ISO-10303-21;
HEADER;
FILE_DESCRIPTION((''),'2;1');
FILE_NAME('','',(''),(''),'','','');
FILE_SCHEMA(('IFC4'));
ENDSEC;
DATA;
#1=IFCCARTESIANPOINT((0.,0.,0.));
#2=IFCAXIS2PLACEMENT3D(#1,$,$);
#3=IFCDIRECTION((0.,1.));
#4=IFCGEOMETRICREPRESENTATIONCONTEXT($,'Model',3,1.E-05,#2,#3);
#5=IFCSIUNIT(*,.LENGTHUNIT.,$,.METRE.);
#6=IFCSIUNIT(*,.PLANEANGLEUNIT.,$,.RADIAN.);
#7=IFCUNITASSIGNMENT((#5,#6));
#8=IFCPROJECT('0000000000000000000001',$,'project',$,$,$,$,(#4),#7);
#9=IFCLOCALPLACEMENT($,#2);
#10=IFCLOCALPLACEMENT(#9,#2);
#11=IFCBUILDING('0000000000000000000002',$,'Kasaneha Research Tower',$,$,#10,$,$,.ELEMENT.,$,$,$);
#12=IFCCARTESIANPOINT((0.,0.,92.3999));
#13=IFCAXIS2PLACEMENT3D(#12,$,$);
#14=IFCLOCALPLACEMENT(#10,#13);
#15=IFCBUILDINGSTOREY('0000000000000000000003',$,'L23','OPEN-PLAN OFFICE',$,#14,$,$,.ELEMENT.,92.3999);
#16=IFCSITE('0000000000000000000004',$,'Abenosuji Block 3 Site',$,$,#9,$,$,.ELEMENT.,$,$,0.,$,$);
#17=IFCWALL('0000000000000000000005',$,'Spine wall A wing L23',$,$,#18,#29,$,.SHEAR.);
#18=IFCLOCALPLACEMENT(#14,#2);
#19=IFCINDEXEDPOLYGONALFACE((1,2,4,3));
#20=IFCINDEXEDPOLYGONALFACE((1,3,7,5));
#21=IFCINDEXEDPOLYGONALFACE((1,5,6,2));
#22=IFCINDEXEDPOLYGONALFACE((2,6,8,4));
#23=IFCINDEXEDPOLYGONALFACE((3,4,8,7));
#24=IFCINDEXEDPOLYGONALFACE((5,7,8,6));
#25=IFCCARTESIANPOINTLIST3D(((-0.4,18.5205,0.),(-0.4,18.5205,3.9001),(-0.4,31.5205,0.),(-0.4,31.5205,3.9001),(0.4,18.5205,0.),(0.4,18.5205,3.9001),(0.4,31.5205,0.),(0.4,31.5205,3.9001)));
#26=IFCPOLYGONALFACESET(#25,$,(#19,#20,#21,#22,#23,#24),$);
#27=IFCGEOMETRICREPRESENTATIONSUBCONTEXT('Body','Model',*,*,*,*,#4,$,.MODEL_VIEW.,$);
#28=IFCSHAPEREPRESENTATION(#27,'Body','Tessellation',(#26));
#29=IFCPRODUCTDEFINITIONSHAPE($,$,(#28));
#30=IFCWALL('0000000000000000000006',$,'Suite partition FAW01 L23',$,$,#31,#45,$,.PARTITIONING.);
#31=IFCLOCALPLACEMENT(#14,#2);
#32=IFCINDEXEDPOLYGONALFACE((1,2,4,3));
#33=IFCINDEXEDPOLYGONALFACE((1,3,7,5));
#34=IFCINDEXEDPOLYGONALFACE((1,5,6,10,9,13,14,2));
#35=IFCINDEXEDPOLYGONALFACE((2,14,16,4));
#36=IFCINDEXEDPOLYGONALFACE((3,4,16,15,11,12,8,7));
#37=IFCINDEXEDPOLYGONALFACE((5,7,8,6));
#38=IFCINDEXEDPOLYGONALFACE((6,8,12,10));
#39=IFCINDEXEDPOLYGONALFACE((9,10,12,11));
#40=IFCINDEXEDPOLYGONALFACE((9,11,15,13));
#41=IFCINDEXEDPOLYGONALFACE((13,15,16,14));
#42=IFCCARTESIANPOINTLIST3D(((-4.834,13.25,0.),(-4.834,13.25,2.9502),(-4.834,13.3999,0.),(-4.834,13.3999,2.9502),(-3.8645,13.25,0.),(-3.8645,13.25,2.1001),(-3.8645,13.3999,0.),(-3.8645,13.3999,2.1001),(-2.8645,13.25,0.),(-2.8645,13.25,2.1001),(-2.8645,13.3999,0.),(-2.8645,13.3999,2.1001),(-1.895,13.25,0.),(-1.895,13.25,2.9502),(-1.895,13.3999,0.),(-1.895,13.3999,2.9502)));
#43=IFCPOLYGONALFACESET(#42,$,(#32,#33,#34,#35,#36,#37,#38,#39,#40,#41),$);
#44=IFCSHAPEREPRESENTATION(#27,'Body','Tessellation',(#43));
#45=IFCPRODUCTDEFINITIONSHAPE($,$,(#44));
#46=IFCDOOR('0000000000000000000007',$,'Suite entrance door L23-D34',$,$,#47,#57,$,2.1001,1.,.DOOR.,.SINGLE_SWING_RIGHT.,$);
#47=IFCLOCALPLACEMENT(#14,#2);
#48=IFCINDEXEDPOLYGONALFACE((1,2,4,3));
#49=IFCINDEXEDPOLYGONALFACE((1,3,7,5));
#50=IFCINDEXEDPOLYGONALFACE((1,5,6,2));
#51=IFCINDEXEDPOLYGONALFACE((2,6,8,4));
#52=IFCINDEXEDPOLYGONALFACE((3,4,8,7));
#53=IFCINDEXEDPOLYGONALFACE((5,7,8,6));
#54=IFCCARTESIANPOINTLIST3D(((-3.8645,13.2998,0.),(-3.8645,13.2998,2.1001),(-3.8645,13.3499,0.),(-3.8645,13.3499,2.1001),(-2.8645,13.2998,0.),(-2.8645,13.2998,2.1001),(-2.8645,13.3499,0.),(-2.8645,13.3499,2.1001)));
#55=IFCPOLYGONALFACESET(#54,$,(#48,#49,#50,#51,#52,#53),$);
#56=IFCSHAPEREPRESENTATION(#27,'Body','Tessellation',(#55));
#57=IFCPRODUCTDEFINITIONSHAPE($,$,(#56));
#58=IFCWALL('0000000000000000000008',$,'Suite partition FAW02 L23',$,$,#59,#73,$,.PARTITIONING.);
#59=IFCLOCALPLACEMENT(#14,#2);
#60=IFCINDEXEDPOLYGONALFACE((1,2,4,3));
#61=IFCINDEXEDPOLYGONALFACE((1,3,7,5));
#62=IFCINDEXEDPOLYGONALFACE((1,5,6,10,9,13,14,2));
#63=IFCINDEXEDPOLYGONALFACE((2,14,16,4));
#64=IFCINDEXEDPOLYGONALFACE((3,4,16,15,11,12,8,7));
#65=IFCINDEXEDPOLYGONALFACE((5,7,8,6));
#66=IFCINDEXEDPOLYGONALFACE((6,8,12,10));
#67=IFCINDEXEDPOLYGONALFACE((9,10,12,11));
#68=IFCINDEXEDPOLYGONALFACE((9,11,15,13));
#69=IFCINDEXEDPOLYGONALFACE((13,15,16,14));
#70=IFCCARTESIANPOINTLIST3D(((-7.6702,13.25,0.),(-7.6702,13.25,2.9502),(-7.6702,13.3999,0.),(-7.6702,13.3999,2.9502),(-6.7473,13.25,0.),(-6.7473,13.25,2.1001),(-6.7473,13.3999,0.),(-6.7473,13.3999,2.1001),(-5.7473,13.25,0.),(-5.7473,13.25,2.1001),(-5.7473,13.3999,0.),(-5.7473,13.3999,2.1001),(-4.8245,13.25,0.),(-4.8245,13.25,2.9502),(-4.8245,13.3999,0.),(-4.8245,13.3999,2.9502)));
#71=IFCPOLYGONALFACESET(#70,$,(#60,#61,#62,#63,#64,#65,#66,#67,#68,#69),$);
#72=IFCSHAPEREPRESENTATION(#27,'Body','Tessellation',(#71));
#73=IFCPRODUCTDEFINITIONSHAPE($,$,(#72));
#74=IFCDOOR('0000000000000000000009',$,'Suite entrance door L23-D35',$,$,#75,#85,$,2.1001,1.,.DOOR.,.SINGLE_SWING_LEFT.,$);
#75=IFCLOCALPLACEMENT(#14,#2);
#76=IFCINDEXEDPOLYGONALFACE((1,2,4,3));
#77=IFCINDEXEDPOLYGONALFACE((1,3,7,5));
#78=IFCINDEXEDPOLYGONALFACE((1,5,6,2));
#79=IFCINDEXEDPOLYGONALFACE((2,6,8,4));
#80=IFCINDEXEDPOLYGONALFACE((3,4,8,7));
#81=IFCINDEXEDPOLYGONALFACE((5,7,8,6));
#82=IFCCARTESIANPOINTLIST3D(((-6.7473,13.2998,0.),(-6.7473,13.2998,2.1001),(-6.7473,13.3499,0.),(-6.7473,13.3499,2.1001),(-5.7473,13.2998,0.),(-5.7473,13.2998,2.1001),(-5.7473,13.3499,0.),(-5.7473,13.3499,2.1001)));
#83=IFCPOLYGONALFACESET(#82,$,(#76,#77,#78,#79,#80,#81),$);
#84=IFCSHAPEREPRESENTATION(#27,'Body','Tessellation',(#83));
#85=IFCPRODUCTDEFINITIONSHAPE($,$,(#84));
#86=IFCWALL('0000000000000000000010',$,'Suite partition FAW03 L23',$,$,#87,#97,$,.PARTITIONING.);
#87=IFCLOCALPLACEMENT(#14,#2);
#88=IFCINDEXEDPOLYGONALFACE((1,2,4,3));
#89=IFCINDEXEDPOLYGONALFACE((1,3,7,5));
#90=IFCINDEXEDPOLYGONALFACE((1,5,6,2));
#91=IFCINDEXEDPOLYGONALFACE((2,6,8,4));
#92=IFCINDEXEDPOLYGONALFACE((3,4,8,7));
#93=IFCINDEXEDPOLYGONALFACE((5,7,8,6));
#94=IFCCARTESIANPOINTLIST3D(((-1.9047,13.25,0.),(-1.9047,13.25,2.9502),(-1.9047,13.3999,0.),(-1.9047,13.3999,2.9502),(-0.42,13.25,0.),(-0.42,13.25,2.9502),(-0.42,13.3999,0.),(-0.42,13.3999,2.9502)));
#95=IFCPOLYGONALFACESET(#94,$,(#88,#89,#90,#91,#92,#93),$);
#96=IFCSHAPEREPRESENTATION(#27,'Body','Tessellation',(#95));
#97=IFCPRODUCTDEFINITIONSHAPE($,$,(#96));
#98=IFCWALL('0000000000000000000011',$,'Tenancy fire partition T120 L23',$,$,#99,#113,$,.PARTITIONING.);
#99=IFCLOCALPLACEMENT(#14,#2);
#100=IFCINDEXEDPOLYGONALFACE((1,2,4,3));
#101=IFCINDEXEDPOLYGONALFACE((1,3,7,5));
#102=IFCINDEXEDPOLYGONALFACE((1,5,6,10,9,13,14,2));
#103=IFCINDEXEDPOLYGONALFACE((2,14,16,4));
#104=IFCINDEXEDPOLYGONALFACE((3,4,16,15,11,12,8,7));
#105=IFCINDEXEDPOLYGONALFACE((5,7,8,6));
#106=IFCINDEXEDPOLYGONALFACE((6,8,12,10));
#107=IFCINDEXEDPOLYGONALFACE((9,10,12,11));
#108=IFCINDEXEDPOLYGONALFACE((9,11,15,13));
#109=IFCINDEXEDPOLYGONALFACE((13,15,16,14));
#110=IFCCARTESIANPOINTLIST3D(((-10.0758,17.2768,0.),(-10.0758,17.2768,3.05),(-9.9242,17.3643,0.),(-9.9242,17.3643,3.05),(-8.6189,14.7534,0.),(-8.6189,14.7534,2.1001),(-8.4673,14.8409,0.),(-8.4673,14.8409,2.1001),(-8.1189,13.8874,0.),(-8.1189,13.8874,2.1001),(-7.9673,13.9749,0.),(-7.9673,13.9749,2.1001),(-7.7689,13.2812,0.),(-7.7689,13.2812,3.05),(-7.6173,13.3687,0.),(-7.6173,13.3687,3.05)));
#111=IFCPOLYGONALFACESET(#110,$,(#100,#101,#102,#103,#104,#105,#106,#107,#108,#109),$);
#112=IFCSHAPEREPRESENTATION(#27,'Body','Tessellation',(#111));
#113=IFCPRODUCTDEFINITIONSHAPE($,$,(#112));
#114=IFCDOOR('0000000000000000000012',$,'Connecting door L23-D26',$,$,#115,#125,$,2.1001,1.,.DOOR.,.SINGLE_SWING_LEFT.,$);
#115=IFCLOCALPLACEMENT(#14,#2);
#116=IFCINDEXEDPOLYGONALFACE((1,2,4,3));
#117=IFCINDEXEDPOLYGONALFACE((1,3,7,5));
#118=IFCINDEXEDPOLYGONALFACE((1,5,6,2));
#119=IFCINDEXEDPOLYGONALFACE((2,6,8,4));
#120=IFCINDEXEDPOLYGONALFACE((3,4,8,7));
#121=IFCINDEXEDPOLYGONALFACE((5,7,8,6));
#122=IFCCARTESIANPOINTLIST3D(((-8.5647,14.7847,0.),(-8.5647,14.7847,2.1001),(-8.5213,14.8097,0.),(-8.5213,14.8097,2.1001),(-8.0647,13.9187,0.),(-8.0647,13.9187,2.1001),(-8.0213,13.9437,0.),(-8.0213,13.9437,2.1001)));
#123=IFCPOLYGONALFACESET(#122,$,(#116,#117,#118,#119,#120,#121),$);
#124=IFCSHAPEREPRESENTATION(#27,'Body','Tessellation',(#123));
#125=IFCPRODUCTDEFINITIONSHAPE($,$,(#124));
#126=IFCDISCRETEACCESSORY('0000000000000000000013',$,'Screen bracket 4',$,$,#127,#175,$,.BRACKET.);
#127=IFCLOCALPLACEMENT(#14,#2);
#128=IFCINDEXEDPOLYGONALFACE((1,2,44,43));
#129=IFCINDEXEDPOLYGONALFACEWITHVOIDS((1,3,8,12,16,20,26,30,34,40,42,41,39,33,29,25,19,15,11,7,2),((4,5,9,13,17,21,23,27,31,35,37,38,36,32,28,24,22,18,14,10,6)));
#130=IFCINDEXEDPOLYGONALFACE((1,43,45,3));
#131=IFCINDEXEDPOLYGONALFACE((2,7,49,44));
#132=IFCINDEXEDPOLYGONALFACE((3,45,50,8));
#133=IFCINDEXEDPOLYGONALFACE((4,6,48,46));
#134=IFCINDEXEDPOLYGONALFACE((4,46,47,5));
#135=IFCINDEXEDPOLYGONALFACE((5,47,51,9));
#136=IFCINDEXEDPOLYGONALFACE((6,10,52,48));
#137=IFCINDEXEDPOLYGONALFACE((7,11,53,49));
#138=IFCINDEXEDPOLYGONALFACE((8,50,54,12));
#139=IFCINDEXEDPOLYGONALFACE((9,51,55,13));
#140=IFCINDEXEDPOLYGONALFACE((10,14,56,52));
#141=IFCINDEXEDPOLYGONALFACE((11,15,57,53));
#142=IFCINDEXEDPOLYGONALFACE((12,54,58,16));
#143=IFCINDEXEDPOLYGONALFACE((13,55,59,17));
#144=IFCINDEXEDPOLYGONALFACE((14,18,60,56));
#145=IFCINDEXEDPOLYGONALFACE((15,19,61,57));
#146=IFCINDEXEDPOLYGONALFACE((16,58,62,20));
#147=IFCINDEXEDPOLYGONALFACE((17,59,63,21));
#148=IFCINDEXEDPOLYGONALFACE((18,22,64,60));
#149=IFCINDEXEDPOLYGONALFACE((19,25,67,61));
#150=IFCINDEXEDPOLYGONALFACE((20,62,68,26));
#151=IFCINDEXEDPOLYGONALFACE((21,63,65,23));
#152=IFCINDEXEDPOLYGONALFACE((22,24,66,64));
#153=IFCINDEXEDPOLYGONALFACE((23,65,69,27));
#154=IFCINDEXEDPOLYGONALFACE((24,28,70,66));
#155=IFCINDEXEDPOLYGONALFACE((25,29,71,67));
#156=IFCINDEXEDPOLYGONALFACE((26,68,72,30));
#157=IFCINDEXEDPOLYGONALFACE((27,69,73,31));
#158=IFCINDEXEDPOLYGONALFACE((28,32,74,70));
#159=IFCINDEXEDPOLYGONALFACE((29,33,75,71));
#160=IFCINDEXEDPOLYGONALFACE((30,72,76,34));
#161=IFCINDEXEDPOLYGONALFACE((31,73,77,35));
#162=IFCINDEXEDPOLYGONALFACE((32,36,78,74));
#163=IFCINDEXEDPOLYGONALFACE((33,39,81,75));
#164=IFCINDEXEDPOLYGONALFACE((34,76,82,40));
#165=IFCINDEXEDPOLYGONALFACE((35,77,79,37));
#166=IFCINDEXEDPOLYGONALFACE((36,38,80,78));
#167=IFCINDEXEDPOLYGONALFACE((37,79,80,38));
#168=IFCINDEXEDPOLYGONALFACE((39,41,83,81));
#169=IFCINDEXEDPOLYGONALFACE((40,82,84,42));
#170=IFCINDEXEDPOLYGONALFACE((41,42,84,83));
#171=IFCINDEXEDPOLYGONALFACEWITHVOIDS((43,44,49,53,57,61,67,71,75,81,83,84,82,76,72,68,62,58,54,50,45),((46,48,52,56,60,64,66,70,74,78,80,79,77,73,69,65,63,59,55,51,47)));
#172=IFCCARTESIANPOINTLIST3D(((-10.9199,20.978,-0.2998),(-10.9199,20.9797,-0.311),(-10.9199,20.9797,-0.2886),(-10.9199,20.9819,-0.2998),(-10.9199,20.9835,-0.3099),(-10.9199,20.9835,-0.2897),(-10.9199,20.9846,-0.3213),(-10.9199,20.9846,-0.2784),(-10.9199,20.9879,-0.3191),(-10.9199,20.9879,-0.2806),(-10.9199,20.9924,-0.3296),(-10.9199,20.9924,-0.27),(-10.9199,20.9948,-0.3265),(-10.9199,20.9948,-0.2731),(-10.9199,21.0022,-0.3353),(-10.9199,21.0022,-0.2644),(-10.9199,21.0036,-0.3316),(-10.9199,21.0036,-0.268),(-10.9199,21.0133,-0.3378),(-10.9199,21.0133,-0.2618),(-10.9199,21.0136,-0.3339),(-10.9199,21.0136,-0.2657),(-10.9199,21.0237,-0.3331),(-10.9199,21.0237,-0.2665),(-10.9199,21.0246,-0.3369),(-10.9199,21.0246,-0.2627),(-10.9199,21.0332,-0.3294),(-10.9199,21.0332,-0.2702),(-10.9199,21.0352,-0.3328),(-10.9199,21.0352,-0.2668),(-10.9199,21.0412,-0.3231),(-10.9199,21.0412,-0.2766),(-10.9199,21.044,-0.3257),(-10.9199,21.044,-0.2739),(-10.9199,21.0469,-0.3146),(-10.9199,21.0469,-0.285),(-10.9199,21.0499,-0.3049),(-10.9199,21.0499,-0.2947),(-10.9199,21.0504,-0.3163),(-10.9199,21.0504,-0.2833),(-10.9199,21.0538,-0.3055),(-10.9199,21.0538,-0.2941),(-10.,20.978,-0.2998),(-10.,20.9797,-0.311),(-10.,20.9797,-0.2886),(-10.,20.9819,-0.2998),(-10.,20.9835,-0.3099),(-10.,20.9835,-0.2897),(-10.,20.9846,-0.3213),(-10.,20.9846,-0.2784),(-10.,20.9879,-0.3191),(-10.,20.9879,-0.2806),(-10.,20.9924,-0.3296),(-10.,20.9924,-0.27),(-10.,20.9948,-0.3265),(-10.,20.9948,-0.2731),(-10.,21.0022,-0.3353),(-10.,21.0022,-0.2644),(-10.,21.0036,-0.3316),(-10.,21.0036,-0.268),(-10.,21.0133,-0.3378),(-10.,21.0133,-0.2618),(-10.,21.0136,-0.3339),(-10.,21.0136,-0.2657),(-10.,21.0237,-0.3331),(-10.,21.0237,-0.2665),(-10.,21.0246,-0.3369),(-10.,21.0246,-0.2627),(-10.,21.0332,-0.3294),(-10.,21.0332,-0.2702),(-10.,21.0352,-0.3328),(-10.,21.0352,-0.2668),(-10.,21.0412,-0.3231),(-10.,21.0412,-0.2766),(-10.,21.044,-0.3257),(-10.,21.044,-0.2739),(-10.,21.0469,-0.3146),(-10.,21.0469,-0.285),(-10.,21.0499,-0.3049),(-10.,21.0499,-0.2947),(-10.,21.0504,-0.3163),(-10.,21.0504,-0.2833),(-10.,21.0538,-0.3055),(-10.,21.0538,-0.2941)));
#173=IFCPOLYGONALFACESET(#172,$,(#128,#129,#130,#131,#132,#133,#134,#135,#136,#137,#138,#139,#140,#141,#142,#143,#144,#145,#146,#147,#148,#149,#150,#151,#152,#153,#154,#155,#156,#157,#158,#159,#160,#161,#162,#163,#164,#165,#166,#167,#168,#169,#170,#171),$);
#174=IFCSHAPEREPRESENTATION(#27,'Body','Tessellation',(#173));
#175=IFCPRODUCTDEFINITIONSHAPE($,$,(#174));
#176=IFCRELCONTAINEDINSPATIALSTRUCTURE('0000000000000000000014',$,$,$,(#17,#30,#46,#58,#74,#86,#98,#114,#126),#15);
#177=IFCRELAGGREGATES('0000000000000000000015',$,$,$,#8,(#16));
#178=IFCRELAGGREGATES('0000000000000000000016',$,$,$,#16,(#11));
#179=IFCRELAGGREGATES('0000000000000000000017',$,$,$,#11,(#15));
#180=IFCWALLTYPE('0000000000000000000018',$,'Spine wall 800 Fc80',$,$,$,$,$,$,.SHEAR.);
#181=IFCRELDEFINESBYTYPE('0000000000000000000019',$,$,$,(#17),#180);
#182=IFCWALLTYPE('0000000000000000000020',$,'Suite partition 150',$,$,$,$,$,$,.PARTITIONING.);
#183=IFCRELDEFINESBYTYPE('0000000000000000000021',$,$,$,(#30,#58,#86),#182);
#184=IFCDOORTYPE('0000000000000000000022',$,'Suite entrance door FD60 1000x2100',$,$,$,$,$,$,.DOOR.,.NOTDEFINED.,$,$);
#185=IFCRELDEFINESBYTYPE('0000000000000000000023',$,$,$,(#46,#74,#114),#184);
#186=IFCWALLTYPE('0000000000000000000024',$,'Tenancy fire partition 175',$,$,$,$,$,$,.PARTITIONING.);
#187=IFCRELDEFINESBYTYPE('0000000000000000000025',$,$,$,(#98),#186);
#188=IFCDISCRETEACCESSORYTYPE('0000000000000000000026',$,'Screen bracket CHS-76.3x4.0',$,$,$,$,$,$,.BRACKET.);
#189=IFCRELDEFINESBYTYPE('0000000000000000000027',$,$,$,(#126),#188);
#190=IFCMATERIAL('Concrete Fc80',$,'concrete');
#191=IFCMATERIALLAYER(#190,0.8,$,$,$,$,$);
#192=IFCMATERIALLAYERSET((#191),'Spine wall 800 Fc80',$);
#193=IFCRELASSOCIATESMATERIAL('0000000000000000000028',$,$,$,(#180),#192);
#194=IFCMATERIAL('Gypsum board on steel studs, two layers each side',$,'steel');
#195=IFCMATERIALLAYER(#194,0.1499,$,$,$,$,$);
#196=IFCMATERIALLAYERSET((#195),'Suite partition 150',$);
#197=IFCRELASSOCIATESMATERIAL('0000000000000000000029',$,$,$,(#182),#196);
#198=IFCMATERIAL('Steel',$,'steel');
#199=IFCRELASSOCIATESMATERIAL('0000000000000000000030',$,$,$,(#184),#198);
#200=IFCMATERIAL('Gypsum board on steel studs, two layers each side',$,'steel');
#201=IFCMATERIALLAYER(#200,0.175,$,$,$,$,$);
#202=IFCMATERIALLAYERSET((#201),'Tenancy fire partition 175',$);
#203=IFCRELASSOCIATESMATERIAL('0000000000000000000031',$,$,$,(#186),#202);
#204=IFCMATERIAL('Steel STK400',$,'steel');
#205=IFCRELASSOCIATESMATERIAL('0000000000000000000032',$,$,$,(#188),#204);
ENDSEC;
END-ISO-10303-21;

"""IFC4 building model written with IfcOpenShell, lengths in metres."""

from ifc_helpers import new_model, si_unit, direction, frame, frame_2d, origin, origin_2d, place, context, subcontext, project, spatial, rectangle, hollow_circle, extrude, material, layer, layer_set, material_profile, profile_set, type_object, element, fill, save


model = new_model("IFC4")

# Units and contexts
model_context = context("Model", 3, precision=1e-05, world=origin(), true_north=direction((0.0, 1.0)))
body_context = subcontext(model_context, "Body", "Model", "MODEL_VIEW")
ifc_project = project(units=[si_unit("LENGTHUNIT", "METRE"), si_unit("PLANEANGLEUNIT", "RADIAN")], contexts=[model_context])

# Site, building, storey
site_placement = place(None, origin())
site = spatial("IfcSite", under=ifc_project, at=site_placement, Name="Abenosuji Block 3 Site", CompositionType="ELEMENT", RefElevation=0.0)
building_placement = place(site_placement, origin())
building = spatial("IfcBuilding", under=site, at=building_placement, Name="Kasaneha Research Tower", CompositionType="ELEMENT")
storey_placement = place(building_placement, frame((0.0, 0.0, 92.3999)))
storey = spatial("IfcBuildingStorey", under=building, at=storey_placement, Name="L23", Description="OPEN-PLAN OFFICE", CompositionType="ELEMENT", Elevation=92.3999)

# Wall
ifc_material_1 = material(Name="Concrete Fc80", Category="concrete")
ifc_layer_1 = layer(ifc_material_1, 0.8)
ifc_layer_set_1 = layer_set([ifc_layer_1], Name="Spine wall 800 Fc80")
wall_type_1 = type_object("IfcWallType", Name="Spine wall 800 Fc80", PredefinedType="SHEAR", material=ifc_layer_set_1)
wall_1_placement = place(storey_placement, frame((0.0, 18.5205, 0.0), z_axis=(0.0, 0.0, 1.0), x_axis=(0.0, 1.0, 0.0)))
element("IfcWall", 1, at=wall_1_placement, inside=storey, type_object=wall_type_1, Name="Spine wall A wing L23", PredefinedType="SHEAR", context=body_context, shape_type="SweptSolid", body=[
    extrude(rectangle(XDim=13.0, YDim=0.8, at=frame_2d((6.5, 0.0))), origin(), (0.0, 0.0, 1.0), 3.9001),
])

# Walls, openings, doors
ifc_material_2 = material(Name="Gypsum board on steel studs, two layers each side", Category="steel")
ifc_layer_2 = layer(ifc_material_2, 0.1499)
ifc_layer_set_2 = layer_set([ifc_layer_2], Name="Suite partition 150")
wall_type_2 = type_object("IfcWallType", Name="Suite partition 150", PredefinedType="PARTITIONING", material=ifc_layer_set_2)
wall_2_placement = place(storey_placement, frame((-4.834, 13.325, 0.0), z_axis=(0.0, 0.0, 1.0), x_axis=(1.0, 0.0, 0.0)))
wall_2 = element("IfcWall", 2, at=wall_2_placement, inside=storey, type_object=wall_type_2, Name="Suite partition FAW01 L23", PredefinedType="PARTITIONING", context=body_context, shape_type="SweptSolid", body=[
    extrude(rectangle(XDim=2.939, YDim=0.1499, at=frame_2d((1.4695, 0.0))), origin(), (0.0, 0.0, 1.0), 2.9502),
])
opening_1_placement = place(wall_2_placement, frame((0.9695, 0.0, 0.0)))
opening_1 = element("IfcOpeningElement", 3, at=opening_1_placement, cuts=wall_2, PredefinedType="OPENING", context=body_context, shape_type="SweptSolid", body=[
    extrude(rectangle(XDim=1.0, YDim=2.1001, at=frame_2d((0.5, 1.05))), frame((0.0, 0.085, 0.0), z_axis=(0.0, -1.0, 0.0), x_axis=(1.0, 0.0, 0.0)), (0.0, 0.0, 1.0), 0.1699),
])
ifc_material_3 = material(Name="Steel", Category="steel")
door_type_1 = type_object("IfcDoorType", Name="Suite entrance door FD60 1000x2100", OperationType="NOTDEFINED", PredefinedType="DOOR", material=ifc_material_3)
door_1_placement = place(opening_1_placement, origin())
door_1 = element("IfcDoor", 4, at=door_1_placement, inside=storey, type_object=door_type_1, Name="Suite entrance door L23-D34", OperationType="SINGLE_SWING_RIGHT", OverallHeight=2.1001, OverallWidth=1.0, PredefinedType="DOOR", context=body_context, shape_type="SweptSolid", body=[
    extrude(rectangle(XDim=1.0, YDim=2.1001, at=frame_2d((0.5, 1.05))), frame((0.0, 0.0249, 0.0), z_axis=(0.0, -1.0, 0.0), x_axis=(1.0, 0.0, 0.0)), (0.0, 0.0, 1.0), 0.05),
])
fill(opening_1, door_1)
wall_3_placement = place(storey_placement, frame((-7.6702, 13.325, 0.0), z_axis=(0.0, 0.0, 1.0), x_axis=(1.0, 0.0, 0.0)))
wall_3 = element("IfcWall", 5, at=wall_3_placement, inside=storey, type_object=wall_type_2, Name="Suite partition FAW02 L23", PredefinedType="PARTITIONING", context=body_context, shape_type="SweptSolid", body=[
    extrude(rectangle(XDim=2.8457, YDim=0.1499, at=frame_2d((1.4229, 0.0))), origin(), (0.0, 0.0, 1.0), 2.9502),
])
opening_2_placement = place(wall_3_placement, frame((0.9229, 0.0, 0.0)))
opening_2 = element("IfcOpeningElement", 6, at=opening_2_placement, cuts=wall_3, PredefinedType="OPENING", context=body_context, shape_type="SweptSolid", body=[
    extrude(rectangle(XDim=1.0, YDim=2.1001, at=frame_2d((0.5, 1.05))), frame((0.0, 0.085, 0.0), z_axis=(0.0, -1.0, 0.0), x_axis=(1.0, 0.0, 0.0)), (0.0, 0.0, 1.0), 0.1699),
])
door_2_placement = place(opening_2_placement, origin())
door_2 = element("IfcDoor", 7, at=door_2_placement, inside=storey, type_object=door_type_1, Name="Suite entrance door L23-D35", OperationType="SINGLE_SWING_LEFT", OverallHeight=2.1001, OverallWidth=1.0, PredefinedType="DOOR", context=body_context, shape_type="SweptSolid", body=[
    extrude(rectangle(XDim=1.0, YDim=2.1001, at=frame_2d((0.5, 1.05))), frame((0.0, 0.0249, 0.0), z_axis=(0.0, -1.0, 0.0), x_axis=(1.0, 0.0, 0.0)), (0.0, 0.0, 1.0), 0.05),
])
fill(opening_2, door_2)

# Wall
wall_4_placement = place(storey_placement, frame((-1.9045, 13.325, 0.0), z_axis=(0.0, 0.0, 1.0), x_axis=(1.0, 0.0, 0.0)))
element("IfcWall", 8, at=wall_4_placement, inside=storey, type_object=wall_type_2, Name="Suite partition FAW03 L23", PredefinedType="PARTITIONING", context=body_context, shape_type="SweptSolid", body=[
    extrude(rectangle(XDim=1.4846, YDim=0.1499, at=frame_2d((0.7422, 0.0))), origin(), (0.0, 0.0, 1.0), 2.9502),
])

# Wall, opening, door
ifc_material_4 = material(Name="Gypsum board on steel studs, two layers each side", Category="steel")
ifc_layer_3 = layer(ifc_material_4, 0.175)
ifc_layer_set_3 = layer_set([ifc_layer_3], Name="Tenancy fire partition 175")
wall_type_3 = type_object("IfcWallType", Name="Tenancy fire partition 175", PredefinedType="PARTITIONING", material=ifc_layer_set_3)
wall_5_placement = place(storey_placement, frame((-7.6931, 13.325, 0.0), z_axis=(0.0, 0.0, 1.0), x_axis=(-0.500003, 0.866023, 0.0)))
wall_5 = element("IfcWall", 9, at=wall_5_placement, inside=storey, type_object=wall_type_3, Name="Tenancy fire partition T120 L23", PredefinedType="PARTITIONING", context=body_context, shape_type="SweptSolid", body=[
    extrude(rectangle(XDim=4.6138, YDim=0.175, at=frame_2d((2.3069, 0.0))), origin(), (0.0, 0.0, 1.0), 3.05),
])
opening_3_placement = place(wall_5_placement, frame((0.7, 0.0, 0.0)))
opening_3 = element("IfcOpeningElement", 10, at=opening_3_placement, cuts=wall_5, PredefinedType="OPENING", context=body_context, shape_type="SweptSolid", body=[
    extrude(rectangle(XDim=1.0, YDim=2.1001, at=frame_2d((0.5, 1.05))), frame((0.0, 0.0977, 0.0), z_axis=(0.0, -1.0, 0.0), x_axis=(1.0, 0.0, 0.0)), (0.0, 0.0, 1.0), 0.1951),
])
door_3_placement = place(opening_3_placement, origin())
door_3 = element("IfcDoor", 11, at=door_3_placement, inside=storey, type_object=door_type_1, Name="Connecting door L23-D26", OperationType="SINGLE_SWING_LEFT", OverallHeight=2.1001, OverallWidth=1.0, PredefinedType="DOOR", context=body_context, shape_type="SweptSolid", body=[
    extrude(rectangle(XDim=1.0, YDim=2.1001, at=frame_2d((0.5, 1.05))), frame((0.0, 0.0249, 0.0), z_axis=(0.0, -1.0, 0.0), x_axis=(1.0, 0.0, 0.0)), (0.0, 0.0, 1.0), 0.05),
])
fill(opening_3, door_3)

# Discrete accessory
ifc_material_5 = material(Name="Steel STK400", Category="steel")
ifc_material_profile_1 = material_profile(ifc_material_5, hollow_circle(Radius=0.0381, WallThickness=0.0039, at=origin_2d()), Name="CHS-76.3x4.0")
ifc_profile_set_1 = profile_set([ifc_material_profile_1], Name="Steel STK400")
discrete_accessory_type = type_object("IfcDiscreteAccessoryType", Name="Screen bracket CHS-76.3x4.0", PredefinedType="BRACKET", material=ifc_profile_set_1)
for number, where, z_axis, x_axis, name in (
    (12, (-10.0, 21.0161, -0.2998), (-1.0, 0.0, 0.0), (0.0, -1.0, 0.0), "Screen bracket 4"),
):
    element("IfcDiscreteAccessory", number, at=place(storey_placement, frame(where, z_axis=z_axis, x_axis=x_axis)), inside=storey, type_object=discrete_accessory_type, Name=name, PredefinedType="BRACKET", context=body_context, shape_type="SweptSolid", body=[
        extrude(hollow_circle(Radius=0.0381, WallThickness=0.0039, at=origin_2d()), origin(), (0.0, 0.0, 1.0), 0.9199),
    ])

save(model, "model.ifc")
